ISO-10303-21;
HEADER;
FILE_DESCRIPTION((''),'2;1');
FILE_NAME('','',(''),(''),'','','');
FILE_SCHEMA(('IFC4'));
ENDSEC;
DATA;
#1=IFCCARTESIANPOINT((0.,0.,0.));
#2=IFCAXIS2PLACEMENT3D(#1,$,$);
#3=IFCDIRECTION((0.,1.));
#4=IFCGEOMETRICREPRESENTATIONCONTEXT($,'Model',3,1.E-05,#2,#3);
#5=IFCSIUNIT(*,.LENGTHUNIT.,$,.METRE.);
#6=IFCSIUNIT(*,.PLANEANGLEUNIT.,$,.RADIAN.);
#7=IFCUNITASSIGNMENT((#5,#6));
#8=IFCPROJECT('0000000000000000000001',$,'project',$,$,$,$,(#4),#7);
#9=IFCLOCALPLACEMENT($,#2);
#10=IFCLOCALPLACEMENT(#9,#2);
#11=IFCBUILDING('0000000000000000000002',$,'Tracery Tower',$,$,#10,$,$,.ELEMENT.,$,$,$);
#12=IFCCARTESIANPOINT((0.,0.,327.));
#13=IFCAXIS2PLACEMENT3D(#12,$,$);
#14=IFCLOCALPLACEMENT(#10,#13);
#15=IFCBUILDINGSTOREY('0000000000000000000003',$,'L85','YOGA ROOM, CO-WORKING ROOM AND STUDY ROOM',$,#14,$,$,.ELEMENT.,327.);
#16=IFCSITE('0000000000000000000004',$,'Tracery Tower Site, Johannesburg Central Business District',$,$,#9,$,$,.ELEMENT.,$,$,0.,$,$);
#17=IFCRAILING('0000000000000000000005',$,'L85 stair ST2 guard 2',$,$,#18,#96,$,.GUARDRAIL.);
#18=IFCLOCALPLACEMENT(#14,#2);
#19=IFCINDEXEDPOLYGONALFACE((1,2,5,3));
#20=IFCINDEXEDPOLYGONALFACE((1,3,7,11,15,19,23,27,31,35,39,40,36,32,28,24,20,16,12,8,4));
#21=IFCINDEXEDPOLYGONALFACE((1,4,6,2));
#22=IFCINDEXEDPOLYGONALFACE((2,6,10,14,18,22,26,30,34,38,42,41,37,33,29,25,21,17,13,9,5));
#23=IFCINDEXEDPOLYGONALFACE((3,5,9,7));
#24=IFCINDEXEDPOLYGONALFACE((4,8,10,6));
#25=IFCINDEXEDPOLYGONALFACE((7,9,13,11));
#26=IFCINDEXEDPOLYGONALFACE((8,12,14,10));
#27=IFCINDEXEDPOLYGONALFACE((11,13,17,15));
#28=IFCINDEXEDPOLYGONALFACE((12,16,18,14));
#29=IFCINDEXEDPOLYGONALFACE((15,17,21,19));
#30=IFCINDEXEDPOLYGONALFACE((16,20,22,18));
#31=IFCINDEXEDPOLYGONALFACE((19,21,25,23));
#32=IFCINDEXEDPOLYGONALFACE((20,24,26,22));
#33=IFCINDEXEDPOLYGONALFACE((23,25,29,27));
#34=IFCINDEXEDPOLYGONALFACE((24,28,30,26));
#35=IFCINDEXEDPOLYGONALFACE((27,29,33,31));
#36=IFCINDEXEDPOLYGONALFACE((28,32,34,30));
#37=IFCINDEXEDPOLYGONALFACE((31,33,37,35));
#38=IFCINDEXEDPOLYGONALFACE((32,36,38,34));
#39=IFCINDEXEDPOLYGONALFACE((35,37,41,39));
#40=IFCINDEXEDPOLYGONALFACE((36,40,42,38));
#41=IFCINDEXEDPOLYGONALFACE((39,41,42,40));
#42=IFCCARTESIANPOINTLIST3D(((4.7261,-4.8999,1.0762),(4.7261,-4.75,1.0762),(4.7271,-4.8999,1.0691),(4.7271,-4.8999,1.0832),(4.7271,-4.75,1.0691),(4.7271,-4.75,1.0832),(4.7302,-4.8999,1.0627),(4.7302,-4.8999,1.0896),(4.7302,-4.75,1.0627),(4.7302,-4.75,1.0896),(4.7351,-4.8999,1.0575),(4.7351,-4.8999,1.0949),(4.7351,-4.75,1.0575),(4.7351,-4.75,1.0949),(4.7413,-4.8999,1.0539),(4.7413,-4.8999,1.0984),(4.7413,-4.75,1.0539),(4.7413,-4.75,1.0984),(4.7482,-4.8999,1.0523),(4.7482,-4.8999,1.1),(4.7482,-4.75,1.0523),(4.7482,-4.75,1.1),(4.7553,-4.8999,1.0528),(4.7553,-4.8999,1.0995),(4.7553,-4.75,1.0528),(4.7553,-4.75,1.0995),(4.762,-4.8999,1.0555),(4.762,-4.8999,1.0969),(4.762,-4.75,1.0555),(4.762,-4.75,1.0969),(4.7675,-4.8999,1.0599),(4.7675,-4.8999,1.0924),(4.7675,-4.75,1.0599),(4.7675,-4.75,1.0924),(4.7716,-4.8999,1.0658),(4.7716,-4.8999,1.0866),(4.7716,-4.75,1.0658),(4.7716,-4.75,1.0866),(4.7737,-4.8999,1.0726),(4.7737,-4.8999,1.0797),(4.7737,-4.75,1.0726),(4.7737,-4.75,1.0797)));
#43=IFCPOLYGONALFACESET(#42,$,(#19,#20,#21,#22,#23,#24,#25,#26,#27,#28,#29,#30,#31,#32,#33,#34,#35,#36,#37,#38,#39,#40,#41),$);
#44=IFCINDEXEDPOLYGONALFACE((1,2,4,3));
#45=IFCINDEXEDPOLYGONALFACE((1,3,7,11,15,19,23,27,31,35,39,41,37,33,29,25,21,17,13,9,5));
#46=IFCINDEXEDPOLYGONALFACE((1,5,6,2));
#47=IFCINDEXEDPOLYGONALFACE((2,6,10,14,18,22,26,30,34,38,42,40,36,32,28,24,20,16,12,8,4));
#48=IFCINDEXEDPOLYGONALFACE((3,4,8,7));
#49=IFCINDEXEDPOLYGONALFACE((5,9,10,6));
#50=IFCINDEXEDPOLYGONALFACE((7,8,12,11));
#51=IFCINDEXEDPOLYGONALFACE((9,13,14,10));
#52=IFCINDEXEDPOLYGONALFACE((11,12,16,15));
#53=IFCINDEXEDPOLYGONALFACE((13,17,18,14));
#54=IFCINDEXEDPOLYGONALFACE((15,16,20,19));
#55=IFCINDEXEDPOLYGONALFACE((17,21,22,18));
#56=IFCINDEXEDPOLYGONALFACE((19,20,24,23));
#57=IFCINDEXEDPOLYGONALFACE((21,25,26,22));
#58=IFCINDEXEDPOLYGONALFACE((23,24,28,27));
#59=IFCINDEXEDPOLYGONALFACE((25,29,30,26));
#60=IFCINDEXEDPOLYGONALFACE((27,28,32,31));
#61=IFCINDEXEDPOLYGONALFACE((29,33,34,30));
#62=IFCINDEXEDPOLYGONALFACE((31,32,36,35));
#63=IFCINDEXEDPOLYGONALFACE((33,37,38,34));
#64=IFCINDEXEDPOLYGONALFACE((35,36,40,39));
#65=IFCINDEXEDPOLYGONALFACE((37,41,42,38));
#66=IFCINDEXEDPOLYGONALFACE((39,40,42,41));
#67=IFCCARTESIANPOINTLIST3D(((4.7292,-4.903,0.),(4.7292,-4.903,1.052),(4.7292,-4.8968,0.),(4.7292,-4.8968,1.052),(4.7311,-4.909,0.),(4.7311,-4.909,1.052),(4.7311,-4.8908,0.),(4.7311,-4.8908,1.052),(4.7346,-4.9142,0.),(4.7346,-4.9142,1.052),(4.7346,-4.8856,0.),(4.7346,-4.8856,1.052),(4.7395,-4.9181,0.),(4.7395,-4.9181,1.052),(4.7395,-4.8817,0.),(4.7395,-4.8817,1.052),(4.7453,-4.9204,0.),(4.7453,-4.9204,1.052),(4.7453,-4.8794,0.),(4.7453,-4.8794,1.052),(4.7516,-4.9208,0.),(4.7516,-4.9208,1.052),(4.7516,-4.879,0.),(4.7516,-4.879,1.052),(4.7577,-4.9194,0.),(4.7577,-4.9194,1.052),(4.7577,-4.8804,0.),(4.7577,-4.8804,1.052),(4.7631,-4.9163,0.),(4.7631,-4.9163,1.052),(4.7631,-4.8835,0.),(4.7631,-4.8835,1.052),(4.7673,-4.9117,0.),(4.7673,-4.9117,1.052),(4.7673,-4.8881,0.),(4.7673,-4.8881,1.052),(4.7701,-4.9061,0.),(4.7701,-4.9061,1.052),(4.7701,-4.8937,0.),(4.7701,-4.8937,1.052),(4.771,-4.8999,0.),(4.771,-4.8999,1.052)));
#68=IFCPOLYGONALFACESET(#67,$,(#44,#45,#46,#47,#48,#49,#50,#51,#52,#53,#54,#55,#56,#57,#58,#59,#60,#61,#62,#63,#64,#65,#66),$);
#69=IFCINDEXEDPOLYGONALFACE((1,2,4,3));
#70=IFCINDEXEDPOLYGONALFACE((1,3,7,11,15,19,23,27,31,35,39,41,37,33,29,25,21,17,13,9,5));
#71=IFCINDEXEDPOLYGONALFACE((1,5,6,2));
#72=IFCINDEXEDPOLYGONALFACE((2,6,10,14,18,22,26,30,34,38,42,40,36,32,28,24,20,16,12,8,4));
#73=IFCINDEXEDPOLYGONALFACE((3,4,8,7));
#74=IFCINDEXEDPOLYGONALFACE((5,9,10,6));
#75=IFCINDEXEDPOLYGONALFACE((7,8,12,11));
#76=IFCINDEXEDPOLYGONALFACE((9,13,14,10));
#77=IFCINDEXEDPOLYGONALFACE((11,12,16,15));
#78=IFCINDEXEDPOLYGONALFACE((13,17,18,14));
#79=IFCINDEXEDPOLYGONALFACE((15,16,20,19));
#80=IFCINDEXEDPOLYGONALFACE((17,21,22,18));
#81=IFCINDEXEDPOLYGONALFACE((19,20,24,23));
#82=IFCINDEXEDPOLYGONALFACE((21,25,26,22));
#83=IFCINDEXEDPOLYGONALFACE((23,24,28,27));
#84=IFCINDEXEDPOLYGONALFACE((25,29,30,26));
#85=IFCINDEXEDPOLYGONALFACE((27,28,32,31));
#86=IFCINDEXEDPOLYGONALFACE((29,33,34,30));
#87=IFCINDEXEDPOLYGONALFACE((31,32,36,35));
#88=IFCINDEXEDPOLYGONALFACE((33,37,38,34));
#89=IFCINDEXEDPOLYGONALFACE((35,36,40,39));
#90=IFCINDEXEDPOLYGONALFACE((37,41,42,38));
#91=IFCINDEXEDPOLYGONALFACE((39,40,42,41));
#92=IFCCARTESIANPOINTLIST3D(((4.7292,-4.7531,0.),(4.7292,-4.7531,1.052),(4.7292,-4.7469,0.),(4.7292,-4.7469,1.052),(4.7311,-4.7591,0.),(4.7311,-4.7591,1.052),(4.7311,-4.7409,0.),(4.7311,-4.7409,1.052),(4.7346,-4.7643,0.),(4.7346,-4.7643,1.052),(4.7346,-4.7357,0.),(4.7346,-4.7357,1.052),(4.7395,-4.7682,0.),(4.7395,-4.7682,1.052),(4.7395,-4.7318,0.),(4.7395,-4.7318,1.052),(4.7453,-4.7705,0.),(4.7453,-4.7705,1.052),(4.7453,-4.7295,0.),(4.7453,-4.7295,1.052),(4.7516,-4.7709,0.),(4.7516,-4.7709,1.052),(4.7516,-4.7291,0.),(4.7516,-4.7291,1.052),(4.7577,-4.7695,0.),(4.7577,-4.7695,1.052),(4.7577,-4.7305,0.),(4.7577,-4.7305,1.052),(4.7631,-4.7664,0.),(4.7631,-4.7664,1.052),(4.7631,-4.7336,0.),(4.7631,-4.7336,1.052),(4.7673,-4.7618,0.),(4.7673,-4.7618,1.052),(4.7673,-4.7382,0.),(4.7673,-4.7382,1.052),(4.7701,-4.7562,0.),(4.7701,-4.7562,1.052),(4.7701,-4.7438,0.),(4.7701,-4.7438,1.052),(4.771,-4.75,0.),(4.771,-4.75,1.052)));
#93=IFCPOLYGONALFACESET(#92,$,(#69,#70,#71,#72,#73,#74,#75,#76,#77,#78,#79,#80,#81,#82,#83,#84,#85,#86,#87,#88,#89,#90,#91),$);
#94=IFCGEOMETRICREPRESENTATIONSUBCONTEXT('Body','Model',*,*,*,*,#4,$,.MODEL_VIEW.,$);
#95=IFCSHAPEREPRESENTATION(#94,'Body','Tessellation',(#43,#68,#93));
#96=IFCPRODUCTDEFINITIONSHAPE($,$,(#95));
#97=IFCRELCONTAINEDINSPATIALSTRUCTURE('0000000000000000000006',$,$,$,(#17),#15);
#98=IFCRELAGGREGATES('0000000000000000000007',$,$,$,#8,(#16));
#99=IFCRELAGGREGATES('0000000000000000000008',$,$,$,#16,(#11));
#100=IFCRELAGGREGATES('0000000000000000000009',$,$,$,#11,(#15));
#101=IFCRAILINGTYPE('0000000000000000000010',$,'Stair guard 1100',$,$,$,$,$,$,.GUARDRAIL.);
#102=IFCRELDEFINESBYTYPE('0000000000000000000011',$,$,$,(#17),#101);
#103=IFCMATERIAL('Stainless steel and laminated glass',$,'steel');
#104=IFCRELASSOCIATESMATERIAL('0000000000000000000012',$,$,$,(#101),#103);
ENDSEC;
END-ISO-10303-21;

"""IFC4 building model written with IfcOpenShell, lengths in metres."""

from ifc_helpers import new_model, si_unit, direction, frame, origin, origin_2d, place, context, subcontext, project, spatial, circle, extrude, material, type_object, element, save


model = new_model("IFC4")

# Units and contexts
model_context = context("Model", 3, precision=1e-05, world=origin(), true_north=direction((0.0, 1.0)))
body_context = subcontext(model_context, "Body", "Model", "MODEL_VIEW")
ifc_project = project(units=[si_unit("LENGTHUNIT", "METRE"), si_unit("PLANEANGLEUNIT", "RADIAN")], contexts=[model_context])

# Site, building, storey
site_placement = place(None, origin())
site = spatial("IfcSite", under=ifc_project, at=site_placement, Name="Tracery Tower Site, Johannesburg Central Business District", CompositionType="ELEMENT", RefElevation=0.0)
building_placement = place(site_placement, origin())
building = spatial("IfcBuilding", under=site, at=building_placement, Name="Tracery Tower", CompositionType="ELEMENT")
storey_placement = place(building_placement, frame((0.0, 0.0, 327.0)))
storey = spatial("IfcBuildingStorey", under=building, at=storey_placement, Name="L85", Description="YOGA ROOM, CO-WORKING ROOM AND STUDY ROOM", CompositionType="ELEMENT", Elevation=327.0)

# Railing
ifc_material_1 = material(Name="Stainless steel and laminated glass", Category="steel")
railing_type_1 = type_object("IfcRailingType", Name="Stair guard 1100", PredefinedType="GUARDRAIL", material=ifc_material_1)
railing_1_placement = place(storey_placement, frame((4.75, -4.8999, 0.0)))
element("IfcRailing", 1, at=railing_1_placement, inside=storey, type_object=railing_type_1, Name="L85 stair ST2 guard 2", PredefinedType="GUARDRAIL", context=body_context, shape_type="SweptSolid", body=[
    extrude(circle(Radius=0.0239, at=origin_2d()), frame((0.0, 0.0, 1.0762), z_axis=(0.0, 1.0, 0.0), x_axis=(-1.0, 0.0, 0.0)), (0.0, 0.0, 1.0), 0.1499),
    extrude(circle(Radius=0.021, at=origin_2d()), origin(), (0.0, 0.0, 1.0), 1.052),
    extrude(circle(Radius=0.021, at=origin_2d()), frame((0.0, 0.1499, 0.0)), (0.0, 0.0, 1.0), 1.052),
])

save(model, "model.ifc")
